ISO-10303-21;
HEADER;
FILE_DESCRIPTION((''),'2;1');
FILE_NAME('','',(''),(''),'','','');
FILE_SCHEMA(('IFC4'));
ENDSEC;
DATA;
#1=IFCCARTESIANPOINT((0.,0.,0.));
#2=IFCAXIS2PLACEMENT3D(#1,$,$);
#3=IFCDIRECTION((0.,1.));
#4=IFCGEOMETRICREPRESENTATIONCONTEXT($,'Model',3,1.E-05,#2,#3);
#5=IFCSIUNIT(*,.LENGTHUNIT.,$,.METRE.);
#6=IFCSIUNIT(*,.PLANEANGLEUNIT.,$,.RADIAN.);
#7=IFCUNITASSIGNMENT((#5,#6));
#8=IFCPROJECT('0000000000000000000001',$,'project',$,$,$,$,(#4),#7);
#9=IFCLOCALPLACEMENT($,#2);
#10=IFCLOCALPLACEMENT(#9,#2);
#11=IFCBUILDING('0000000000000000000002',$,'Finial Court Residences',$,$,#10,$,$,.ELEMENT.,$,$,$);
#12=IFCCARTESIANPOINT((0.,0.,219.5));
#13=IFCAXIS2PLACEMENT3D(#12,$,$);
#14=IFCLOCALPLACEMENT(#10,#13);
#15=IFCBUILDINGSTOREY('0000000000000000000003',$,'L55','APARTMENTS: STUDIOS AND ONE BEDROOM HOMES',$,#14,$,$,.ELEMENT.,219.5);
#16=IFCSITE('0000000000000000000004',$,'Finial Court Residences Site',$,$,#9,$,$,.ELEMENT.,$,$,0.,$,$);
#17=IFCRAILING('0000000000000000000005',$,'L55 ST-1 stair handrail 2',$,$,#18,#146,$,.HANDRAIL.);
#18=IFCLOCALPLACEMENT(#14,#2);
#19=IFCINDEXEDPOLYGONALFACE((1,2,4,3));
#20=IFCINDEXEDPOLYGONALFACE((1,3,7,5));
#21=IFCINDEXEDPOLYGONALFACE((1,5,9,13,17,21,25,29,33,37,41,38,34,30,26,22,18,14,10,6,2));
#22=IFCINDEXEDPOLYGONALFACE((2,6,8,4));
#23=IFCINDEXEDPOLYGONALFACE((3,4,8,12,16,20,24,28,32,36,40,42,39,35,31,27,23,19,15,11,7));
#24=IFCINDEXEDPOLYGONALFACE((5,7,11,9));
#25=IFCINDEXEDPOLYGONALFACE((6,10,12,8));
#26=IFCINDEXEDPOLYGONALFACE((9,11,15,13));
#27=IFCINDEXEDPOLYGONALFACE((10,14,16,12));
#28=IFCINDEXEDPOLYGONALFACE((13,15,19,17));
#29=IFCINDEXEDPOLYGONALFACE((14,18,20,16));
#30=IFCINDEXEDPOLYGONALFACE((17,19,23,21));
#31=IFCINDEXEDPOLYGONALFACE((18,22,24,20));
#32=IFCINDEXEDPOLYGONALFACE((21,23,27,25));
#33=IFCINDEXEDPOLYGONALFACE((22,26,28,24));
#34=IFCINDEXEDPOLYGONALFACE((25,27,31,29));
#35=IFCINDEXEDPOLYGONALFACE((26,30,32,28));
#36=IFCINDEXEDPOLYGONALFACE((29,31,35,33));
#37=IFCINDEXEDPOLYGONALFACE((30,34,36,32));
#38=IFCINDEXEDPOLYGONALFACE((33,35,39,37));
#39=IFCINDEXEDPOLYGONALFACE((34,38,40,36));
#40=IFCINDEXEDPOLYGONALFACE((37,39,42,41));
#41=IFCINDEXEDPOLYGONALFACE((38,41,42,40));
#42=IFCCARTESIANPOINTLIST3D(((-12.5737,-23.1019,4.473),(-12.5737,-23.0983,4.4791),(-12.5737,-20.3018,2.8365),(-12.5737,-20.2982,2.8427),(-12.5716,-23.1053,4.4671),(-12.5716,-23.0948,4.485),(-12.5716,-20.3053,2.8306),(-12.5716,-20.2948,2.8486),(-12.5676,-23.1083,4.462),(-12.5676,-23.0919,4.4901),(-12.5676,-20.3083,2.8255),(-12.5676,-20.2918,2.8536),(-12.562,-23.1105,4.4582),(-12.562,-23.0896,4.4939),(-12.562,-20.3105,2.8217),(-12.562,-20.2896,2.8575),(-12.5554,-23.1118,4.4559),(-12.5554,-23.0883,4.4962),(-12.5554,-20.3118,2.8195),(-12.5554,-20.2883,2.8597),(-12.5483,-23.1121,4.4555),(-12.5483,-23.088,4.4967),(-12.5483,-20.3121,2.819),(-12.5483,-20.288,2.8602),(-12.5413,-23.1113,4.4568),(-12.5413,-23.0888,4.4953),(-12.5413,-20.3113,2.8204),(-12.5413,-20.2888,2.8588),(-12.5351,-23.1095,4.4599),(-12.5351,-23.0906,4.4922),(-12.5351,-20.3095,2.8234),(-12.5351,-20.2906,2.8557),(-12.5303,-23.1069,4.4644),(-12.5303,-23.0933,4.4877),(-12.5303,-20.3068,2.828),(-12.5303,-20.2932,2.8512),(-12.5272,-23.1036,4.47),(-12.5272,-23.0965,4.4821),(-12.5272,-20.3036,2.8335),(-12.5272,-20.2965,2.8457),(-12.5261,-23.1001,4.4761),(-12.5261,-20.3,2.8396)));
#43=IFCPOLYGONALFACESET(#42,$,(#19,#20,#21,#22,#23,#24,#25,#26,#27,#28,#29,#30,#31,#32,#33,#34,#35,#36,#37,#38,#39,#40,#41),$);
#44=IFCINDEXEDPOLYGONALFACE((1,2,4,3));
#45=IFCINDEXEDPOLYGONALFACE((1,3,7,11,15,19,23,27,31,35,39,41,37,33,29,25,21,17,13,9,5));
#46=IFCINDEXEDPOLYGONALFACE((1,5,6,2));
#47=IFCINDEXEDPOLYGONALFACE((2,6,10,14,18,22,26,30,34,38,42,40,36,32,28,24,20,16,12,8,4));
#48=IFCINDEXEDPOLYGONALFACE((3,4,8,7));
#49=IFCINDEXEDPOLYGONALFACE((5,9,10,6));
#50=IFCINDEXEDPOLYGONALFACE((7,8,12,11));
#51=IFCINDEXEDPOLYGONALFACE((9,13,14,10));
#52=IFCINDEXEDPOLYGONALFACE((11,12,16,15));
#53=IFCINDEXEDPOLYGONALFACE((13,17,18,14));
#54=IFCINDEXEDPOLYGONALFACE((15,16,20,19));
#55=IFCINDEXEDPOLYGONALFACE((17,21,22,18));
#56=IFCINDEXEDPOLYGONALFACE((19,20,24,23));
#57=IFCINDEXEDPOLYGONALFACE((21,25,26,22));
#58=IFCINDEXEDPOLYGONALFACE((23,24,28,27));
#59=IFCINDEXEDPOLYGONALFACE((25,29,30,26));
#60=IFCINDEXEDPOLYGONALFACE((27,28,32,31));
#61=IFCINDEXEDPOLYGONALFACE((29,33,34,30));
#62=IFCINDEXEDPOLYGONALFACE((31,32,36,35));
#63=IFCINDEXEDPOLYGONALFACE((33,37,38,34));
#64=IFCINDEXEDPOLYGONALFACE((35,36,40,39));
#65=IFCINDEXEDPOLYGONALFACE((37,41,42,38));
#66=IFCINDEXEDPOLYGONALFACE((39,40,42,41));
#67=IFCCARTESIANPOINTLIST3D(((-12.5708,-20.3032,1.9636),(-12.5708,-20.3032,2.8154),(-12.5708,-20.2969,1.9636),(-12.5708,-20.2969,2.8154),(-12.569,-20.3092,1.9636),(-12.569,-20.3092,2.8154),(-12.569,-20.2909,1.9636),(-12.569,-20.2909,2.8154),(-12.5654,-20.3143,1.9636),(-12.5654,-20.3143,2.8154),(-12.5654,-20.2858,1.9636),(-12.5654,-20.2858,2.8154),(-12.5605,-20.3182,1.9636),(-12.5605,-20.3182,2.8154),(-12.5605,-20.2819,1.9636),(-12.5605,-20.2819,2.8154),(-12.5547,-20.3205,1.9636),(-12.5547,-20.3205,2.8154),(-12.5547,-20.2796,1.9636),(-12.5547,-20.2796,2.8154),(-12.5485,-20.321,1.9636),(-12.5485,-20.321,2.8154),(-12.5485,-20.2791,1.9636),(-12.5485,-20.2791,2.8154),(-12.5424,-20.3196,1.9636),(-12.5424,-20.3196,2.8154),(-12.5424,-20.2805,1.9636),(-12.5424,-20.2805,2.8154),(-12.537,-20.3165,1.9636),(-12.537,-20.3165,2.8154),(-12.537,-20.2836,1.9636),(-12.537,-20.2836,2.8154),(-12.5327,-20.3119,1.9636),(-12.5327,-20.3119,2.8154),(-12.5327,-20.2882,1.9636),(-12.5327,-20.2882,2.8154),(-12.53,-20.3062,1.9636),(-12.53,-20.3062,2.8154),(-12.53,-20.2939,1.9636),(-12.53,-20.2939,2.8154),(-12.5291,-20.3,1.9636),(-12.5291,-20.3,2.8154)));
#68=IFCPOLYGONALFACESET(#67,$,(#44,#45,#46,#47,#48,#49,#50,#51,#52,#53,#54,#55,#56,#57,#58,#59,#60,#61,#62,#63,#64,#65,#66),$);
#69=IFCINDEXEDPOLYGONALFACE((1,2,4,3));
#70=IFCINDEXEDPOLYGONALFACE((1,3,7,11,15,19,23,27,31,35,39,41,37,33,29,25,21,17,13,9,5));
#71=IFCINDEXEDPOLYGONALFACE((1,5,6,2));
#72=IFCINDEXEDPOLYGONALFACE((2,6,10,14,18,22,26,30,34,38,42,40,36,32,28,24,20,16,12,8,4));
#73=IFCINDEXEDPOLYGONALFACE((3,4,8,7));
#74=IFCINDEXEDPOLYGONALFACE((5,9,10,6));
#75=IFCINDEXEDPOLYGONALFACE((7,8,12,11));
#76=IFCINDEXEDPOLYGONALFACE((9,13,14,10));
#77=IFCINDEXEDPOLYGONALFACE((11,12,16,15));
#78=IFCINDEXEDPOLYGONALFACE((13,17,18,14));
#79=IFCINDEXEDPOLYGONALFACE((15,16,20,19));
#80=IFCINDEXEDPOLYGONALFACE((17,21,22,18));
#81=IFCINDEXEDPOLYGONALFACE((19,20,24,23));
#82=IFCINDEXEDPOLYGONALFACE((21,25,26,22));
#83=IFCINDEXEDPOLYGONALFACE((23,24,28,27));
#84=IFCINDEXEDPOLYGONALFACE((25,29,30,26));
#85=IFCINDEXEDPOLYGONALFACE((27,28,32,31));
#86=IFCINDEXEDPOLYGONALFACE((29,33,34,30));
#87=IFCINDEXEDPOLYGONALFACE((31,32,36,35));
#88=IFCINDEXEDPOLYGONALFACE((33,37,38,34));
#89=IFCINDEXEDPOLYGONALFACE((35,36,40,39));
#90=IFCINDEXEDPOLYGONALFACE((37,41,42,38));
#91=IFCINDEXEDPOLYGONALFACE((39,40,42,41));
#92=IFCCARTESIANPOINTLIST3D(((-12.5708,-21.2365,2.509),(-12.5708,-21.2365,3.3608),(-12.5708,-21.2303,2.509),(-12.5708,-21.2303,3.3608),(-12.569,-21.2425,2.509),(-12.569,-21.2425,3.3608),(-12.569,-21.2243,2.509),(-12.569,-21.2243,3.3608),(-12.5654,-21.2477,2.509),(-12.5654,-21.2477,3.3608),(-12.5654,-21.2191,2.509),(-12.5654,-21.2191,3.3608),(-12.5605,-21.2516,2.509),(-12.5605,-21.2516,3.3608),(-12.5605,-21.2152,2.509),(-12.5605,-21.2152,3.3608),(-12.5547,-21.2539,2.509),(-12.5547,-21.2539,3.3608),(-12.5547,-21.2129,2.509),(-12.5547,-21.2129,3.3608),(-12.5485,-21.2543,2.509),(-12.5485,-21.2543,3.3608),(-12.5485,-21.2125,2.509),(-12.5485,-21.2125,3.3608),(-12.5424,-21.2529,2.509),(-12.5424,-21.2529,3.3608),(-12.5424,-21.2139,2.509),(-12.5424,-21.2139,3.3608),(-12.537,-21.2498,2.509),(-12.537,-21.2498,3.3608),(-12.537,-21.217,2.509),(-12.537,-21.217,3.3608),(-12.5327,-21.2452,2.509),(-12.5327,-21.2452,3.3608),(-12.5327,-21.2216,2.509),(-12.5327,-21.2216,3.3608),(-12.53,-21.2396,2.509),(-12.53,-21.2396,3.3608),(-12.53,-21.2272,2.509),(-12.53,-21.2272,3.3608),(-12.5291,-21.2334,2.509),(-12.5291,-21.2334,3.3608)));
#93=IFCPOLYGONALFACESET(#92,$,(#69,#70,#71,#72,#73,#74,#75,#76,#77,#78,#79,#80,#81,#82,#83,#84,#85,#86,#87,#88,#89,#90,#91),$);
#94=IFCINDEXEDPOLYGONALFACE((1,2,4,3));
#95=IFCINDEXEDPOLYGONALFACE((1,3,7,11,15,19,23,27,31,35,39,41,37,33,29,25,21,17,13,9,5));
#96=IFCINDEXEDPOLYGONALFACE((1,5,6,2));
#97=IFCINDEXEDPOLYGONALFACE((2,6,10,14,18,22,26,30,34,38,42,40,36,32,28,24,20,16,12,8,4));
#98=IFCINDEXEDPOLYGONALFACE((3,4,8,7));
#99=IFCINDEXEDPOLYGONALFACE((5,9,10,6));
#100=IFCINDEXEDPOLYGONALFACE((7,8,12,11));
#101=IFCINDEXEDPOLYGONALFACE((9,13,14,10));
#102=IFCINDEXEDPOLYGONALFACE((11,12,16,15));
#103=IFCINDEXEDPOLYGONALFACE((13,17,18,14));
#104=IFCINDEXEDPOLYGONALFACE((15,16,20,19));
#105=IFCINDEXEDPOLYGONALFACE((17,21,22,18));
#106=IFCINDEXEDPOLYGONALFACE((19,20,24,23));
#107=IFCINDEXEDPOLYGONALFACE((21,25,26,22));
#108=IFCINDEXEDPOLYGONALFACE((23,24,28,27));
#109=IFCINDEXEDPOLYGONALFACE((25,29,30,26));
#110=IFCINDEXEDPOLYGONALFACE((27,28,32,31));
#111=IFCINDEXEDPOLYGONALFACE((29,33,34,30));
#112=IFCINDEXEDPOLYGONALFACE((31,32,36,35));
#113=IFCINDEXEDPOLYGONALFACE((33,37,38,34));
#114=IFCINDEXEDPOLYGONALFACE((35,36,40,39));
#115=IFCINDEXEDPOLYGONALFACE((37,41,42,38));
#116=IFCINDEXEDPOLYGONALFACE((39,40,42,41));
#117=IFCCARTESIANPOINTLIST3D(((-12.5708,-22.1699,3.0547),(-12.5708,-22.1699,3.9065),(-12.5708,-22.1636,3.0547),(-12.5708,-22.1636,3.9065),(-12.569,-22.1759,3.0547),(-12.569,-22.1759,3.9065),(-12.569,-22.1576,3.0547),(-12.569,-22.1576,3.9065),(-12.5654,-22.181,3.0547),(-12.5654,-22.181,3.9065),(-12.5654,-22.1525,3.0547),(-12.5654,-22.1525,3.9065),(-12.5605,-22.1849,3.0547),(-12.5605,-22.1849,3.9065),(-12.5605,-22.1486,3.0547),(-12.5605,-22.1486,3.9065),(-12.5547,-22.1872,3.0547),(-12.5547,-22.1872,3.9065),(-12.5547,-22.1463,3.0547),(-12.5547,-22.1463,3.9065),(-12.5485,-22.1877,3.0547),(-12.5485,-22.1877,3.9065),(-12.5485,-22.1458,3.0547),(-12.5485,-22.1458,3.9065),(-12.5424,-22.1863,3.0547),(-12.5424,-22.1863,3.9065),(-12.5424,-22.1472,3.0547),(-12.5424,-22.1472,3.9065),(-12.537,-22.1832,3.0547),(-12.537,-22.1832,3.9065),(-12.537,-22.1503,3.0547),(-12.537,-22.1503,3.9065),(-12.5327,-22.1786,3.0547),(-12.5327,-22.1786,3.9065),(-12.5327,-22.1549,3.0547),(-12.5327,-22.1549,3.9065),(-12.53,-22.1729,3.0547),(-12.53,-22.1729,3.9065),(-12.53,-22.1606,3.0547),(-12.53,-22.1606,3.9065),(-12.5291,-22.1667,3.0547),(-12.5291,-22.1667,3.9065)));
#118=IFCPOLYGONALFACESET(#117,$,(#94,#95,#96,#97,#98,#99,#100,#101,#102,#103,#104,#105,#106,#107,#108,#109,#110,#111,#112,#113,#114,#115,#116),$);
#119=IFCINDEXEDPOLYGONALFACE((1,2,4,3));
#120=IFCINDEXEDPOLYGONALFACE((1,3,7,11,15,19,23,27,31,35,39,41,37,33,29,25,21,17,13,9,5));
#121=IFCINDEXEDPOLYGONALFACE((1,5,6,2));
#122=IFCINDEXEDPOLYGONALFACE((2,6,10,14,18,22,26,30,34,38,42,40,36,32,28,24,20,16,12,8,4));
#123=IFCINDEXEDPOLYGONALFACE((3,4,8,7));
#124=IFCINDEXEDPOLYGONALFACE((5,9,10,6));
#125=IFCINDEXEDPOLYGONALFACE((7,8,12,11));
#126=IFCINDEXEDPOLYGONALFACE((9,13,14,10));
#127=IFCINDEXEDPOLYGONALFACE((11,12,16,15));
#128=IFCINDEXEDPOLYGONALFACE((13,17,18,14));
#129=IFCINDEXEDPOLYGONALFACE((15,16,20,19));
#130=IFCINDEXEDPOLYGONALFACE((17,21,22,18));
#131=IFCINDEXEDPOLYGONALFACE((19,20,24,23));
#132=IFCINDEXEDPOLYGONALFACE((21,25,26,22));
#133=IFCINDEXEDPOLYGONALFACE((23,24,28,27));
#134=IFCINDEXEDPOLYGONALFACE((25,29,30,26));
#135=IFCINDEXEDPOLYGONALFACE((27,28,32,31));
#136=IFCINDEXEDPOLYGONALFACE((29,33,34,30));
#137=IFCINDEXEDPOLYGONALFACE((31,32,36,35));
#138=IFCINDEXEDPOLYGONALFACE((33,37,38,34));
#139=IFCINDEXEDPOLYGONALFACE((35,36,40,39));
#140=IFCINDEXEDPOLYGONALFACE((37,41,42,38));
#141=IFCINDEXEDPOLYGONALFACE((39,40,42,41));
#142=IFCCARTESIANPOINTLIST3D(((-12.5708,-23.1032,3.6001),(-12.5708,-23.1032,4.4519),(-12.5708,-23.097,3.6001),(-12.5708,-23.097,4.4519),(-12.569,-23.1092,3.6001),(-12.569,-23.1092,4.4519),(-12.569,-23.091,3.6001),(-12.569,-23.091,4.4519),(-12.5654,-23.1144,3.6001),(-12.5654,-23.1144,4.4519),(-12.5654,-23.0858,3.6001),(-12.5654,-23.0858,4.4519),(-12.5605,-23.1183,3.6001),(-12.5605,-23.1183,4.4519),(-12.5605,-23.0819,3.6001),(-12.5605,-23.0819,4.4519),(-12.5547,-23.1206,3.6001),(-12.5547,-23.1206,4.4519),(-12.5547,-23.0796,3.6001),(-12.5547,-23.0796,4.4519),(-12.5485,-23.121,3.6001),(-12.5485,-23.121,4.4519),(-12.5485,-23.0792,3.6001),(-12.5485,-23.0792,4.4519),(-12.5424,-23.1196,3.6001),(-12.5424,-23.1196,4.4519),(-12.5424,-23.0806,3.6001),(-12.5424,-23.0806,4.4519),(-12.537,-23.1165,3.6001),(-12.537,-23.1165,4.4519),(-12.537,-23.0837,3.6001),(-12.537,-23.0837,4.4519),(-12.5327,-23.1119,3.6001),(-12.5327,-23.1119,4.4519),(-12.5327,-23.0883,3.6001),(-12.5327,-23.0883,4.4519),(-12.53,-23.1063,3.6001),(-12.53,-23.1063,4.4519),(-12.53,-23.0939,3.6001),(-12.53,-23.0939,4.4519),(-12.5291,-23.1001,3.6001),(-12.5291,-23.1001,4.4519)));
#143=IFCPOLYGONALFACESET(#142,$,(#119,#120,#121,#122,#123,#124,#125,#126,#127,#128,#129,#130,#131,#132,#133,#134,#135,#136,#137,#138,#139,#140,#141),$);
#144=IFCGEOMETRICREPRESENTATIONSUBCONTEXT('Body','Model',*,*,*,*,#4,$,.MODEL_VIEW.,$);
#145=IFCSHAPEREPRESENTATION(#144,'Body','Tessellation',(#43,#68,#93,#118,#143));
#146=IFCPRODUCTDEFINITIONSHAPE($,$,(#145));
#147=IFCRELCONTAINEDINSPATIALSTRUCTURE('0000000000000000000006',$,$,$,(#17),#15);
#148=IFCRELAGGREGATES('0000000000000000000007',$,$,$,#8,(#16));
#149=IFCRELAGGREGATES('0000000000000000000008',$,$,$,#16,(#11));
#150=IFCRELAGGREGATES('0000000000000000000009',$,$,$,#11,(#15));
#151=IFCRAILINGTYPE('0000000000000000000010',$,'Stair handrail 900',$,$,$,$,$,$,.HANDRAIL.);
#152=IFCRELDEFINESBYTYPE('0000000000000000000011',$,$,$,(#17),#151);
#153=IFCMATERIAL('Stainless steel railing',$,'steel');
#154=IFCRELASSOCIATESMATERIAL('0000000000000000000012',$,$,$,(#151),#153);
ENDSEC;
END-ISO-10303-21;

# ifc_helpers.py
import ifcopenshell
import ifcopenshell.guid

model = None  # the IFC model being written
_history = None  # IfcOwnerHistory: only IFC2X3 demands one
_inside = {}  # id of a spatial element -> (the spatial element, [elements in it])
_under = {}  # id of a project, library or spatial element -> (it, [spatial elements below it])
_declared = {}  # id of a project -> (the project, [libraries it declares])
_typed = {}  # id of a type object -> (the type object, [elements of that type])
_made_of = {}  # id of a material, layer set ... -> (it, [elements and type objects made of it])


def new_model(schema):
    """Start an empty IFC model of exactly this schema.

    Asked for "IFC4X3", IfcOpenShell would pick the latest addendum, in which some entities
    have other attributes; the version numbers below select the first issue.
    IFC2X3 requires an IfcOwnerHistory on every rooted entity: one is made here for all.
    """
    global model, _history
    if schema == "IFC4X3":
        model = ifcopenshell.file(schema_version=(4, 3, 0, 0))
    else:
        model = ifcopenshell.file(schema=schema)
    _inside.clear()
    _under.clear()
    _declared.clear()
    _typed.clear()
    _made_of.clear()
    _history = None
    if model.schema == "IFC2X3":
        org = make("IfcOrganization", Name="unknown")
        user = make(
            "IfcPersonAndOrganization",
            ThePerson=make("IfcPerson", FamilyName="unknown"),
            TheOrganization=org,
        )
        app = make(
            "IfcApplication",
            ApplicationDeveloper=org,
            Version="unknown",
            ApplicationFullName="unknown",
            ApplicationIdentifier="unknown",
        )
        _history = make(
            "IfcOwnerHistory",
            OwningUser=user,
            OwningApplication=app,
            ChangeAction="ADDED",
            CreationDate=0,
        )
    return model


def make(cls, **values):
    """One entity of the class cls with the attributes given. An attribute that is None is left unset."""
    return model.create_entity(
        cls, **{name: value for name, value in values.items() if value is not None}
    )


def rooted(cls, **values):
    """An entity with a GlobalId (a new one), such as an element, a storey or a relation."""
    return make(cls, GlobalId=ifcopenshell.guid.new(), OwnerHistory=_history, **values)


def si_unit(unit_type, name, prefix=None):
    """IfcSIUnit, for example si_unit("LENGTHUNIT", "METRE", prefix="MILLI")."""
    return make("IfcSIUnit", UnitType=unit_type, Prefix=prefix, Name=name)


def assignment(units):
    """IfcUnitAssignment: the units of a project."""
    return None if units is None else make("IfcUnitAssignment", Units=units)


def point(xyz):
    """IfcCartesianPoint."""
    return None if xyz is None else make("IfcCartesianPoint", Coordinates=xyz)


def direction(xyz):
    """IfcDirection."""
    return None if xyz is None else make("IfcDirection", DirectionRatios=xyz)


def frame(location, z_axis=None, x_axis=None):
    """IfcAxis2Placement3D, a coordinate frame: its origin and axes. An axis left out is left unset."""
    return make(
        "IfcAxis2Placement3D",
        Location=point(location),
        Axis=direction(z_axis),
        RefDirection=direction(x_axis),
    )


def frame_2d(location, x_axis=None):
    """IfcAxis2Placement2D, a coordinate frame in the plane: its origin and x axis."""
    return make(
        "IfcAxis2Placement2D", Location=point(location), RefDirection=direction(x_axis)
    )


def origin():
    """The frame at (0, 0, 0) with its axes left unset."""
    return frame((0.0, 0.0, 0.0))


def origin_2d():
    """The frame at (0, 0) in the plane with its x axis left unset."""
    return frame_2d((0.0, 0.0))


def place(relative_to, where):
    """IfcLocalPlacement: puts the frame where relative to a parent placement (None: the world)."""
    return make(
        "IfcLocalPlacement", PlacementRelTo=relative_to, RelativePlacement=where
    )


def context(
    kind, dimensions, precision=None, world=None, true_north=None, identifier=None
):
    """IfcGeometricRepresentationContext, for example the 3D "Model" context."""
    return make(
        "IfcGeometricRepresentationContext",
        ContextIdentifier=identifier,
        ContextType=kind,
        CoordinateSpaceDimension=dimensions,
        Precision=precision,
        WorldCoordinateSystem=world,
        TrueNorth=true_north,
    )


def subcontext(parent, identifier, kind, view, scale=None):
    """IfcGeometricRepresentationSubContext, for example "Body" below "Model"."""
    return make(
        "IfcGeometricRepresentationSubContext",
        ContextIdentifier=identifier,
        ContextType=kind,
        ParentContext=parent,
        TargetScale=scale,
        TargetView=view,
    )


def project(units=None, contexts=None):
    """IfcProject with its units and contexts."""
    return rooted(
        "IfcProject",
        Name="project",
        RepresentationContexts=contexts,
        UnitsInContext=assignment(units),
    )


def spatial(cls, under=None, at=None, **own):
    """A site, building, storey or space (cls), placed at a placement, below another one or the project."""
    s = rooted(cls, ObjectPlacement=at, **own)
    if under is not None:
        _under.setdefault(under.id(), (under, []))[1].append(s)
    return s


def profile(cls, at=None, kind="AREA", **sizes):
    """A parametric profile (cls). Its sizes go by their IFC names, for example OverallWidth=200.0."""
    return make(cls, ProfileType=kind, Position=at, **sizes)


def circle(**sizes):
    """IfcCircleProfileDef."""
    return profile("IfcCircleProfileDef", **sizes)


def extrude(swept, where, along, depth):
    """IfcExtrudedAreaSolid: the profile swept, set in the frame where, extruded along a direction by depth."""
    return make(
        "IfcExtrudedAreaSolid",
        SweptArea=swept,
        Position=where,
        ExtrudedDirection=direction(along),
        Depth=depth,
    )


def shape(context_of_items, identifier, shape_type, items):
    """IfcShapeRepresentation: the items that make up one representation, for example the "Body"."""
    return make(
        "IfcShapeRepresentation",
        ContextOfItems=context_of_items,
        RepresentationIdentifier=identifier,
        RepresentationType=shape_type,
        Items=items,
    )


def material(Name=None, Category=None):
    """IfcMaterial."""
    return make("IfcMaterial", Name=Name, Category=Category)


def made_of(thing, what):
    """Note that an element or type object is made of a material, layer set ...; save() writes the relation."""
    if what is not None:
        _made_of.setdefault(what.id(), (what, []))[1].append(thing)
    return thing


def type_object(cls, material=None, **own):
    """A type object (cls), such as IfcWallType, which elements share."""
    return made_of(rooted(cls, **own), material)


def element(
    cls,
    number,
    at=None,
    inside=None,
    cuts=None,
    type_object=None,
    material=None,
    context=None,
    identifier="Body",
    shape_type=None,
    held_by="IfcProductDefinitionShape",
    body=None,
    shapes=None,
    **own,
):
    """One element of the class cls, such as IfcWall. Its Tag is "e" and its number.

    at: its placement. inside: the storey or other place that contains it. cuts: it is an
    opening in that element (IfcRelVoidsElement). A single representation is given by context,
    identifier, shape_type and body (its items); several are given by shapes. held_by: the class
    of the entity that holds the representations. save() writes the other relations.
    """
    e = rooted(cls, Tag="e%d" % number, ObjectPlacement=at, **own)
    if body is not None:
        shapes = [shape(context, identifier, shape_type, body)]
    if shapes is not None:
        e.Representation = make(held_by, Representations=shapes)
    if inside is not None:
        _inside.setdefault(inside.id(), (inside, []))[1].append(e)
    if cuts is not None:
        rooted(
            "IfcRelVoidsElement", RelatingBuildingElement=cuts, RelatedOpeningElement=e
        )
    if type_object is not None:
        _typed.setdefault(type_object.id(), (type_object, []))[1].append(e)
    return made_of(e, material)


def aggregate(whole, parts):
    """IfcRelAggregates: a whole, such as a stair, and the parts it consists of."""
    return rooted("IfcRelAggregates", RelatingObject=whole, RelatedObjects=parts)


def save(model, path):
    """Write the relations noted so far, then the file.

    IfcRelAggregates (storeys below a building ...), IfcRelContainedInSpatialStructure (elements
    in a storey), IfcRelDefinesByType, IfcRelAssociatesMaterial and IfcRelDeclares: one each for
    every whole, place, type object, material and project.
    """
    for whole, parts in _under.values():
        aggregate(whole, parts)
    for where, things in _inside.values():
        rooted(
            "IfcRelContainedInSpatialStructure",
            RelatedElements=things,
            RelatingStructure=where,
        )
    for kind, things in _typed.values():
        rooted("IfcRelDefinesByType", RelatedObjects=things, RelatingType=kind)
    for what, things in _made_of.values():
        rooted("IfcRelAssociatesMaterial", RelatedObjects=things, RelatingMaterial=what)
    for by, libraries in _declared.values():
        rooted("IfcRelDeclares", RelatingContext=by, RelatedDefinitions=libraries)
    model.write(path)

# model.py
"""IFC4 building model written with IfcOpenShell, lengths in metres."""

from ifc_helpers import new_model, si_unit, direction, frame, origin, origin_2d, place, context, subcontext, project, spatial, circle, extrude, material, type_object, element, save


model = new_model("IFC4")

# Units and contexts
model_context = context("Model", 3, precision=1e-05, world=origin(), true_north=direction((0.0, 1.0)))
body_context = subcontext(model_context, "Body", "Model", "MODEL_VIEW")
ifc_project = project(units=[si_unit("LENGTHUNIT", "METRE"), si_unit("PLANEANGLEUNIT", "RADIAN")], contexts=[model_context])

# Site, building, storey
site_placement = place(None, origin())
site = spatial("IfcSite", under=ifc_project, at=site_placement, Name="Finial Court Residences Site", CompositionType="ELEMENT", RefElevation=0.0)
building_placement = place(site_placement, origin())
building = spatial("IfcBuilding", under=site, at=building_placement, Name="Finial Court Residences", CompositionType="ELEMENT")
storey_placement = place(building_placement, frame((0.0, 0.0, 219.5)))
storey = spatial("IfcBuildingStorey", under=building, at=storey_placement, Name="L55", Description="APARTMENTS: STUDIOS AND ONE BEDROOM HOMES", CompositionType="ELEMENT", Elevation=219.5)

# Railing
ifc_material_1 = material(Name="Stainless steel railing", Category="steel")
railing_type_1 = type_object("IfcRailingType", Name="Stair handrail 900", PredefinedType="HANDRAIL", material=ifc_material_1)
railing_1_placement = place(storey_placement, frame((-12.55, -20.3, 1.9636)))
element("IfcRailing", 1, at=railing_1_placement, inside=storey, type_object=railing_type_1, Name="L55 ST-1 stair handrail 2", PredefinedType="HANDRAIL", context=body_context, shape_type="SweptSolid", body=[
    extrude(circle(Radius=0.0239, at=origin_2d()), frame((0.0, 0.0, 0.876), z_axis=(0.0, -0.863361, 0.504587), x_axis=(1.0, 0.0, 0.0)), (0.0, 0.0, 1.0), 3.2432),
    extrude(circle(Radius=0.021, at=origin_2d()), origin(), (0.0, 0.0, 1.0), 0.8518),
    extrude(circle(Radius=0.021, at=origin_2d()), frame((0.0, -0.9333, 0.5454)), (0.0, 0.0, 1.0), 0.8518),
    extrude(circle(Radius=0.021, at=origin_2d()), frame((0.0, -1.8667, 1.0911)), (0.0, 0.0, 1.0), 0.8518),
    extrude(circle(Radius=0.021, at=origin_2d()), frame((0.0, -2.8, 1.6365)), (0.0, 0.0, 1.0), 0.8518),
])

save(model, "model.ifc")
